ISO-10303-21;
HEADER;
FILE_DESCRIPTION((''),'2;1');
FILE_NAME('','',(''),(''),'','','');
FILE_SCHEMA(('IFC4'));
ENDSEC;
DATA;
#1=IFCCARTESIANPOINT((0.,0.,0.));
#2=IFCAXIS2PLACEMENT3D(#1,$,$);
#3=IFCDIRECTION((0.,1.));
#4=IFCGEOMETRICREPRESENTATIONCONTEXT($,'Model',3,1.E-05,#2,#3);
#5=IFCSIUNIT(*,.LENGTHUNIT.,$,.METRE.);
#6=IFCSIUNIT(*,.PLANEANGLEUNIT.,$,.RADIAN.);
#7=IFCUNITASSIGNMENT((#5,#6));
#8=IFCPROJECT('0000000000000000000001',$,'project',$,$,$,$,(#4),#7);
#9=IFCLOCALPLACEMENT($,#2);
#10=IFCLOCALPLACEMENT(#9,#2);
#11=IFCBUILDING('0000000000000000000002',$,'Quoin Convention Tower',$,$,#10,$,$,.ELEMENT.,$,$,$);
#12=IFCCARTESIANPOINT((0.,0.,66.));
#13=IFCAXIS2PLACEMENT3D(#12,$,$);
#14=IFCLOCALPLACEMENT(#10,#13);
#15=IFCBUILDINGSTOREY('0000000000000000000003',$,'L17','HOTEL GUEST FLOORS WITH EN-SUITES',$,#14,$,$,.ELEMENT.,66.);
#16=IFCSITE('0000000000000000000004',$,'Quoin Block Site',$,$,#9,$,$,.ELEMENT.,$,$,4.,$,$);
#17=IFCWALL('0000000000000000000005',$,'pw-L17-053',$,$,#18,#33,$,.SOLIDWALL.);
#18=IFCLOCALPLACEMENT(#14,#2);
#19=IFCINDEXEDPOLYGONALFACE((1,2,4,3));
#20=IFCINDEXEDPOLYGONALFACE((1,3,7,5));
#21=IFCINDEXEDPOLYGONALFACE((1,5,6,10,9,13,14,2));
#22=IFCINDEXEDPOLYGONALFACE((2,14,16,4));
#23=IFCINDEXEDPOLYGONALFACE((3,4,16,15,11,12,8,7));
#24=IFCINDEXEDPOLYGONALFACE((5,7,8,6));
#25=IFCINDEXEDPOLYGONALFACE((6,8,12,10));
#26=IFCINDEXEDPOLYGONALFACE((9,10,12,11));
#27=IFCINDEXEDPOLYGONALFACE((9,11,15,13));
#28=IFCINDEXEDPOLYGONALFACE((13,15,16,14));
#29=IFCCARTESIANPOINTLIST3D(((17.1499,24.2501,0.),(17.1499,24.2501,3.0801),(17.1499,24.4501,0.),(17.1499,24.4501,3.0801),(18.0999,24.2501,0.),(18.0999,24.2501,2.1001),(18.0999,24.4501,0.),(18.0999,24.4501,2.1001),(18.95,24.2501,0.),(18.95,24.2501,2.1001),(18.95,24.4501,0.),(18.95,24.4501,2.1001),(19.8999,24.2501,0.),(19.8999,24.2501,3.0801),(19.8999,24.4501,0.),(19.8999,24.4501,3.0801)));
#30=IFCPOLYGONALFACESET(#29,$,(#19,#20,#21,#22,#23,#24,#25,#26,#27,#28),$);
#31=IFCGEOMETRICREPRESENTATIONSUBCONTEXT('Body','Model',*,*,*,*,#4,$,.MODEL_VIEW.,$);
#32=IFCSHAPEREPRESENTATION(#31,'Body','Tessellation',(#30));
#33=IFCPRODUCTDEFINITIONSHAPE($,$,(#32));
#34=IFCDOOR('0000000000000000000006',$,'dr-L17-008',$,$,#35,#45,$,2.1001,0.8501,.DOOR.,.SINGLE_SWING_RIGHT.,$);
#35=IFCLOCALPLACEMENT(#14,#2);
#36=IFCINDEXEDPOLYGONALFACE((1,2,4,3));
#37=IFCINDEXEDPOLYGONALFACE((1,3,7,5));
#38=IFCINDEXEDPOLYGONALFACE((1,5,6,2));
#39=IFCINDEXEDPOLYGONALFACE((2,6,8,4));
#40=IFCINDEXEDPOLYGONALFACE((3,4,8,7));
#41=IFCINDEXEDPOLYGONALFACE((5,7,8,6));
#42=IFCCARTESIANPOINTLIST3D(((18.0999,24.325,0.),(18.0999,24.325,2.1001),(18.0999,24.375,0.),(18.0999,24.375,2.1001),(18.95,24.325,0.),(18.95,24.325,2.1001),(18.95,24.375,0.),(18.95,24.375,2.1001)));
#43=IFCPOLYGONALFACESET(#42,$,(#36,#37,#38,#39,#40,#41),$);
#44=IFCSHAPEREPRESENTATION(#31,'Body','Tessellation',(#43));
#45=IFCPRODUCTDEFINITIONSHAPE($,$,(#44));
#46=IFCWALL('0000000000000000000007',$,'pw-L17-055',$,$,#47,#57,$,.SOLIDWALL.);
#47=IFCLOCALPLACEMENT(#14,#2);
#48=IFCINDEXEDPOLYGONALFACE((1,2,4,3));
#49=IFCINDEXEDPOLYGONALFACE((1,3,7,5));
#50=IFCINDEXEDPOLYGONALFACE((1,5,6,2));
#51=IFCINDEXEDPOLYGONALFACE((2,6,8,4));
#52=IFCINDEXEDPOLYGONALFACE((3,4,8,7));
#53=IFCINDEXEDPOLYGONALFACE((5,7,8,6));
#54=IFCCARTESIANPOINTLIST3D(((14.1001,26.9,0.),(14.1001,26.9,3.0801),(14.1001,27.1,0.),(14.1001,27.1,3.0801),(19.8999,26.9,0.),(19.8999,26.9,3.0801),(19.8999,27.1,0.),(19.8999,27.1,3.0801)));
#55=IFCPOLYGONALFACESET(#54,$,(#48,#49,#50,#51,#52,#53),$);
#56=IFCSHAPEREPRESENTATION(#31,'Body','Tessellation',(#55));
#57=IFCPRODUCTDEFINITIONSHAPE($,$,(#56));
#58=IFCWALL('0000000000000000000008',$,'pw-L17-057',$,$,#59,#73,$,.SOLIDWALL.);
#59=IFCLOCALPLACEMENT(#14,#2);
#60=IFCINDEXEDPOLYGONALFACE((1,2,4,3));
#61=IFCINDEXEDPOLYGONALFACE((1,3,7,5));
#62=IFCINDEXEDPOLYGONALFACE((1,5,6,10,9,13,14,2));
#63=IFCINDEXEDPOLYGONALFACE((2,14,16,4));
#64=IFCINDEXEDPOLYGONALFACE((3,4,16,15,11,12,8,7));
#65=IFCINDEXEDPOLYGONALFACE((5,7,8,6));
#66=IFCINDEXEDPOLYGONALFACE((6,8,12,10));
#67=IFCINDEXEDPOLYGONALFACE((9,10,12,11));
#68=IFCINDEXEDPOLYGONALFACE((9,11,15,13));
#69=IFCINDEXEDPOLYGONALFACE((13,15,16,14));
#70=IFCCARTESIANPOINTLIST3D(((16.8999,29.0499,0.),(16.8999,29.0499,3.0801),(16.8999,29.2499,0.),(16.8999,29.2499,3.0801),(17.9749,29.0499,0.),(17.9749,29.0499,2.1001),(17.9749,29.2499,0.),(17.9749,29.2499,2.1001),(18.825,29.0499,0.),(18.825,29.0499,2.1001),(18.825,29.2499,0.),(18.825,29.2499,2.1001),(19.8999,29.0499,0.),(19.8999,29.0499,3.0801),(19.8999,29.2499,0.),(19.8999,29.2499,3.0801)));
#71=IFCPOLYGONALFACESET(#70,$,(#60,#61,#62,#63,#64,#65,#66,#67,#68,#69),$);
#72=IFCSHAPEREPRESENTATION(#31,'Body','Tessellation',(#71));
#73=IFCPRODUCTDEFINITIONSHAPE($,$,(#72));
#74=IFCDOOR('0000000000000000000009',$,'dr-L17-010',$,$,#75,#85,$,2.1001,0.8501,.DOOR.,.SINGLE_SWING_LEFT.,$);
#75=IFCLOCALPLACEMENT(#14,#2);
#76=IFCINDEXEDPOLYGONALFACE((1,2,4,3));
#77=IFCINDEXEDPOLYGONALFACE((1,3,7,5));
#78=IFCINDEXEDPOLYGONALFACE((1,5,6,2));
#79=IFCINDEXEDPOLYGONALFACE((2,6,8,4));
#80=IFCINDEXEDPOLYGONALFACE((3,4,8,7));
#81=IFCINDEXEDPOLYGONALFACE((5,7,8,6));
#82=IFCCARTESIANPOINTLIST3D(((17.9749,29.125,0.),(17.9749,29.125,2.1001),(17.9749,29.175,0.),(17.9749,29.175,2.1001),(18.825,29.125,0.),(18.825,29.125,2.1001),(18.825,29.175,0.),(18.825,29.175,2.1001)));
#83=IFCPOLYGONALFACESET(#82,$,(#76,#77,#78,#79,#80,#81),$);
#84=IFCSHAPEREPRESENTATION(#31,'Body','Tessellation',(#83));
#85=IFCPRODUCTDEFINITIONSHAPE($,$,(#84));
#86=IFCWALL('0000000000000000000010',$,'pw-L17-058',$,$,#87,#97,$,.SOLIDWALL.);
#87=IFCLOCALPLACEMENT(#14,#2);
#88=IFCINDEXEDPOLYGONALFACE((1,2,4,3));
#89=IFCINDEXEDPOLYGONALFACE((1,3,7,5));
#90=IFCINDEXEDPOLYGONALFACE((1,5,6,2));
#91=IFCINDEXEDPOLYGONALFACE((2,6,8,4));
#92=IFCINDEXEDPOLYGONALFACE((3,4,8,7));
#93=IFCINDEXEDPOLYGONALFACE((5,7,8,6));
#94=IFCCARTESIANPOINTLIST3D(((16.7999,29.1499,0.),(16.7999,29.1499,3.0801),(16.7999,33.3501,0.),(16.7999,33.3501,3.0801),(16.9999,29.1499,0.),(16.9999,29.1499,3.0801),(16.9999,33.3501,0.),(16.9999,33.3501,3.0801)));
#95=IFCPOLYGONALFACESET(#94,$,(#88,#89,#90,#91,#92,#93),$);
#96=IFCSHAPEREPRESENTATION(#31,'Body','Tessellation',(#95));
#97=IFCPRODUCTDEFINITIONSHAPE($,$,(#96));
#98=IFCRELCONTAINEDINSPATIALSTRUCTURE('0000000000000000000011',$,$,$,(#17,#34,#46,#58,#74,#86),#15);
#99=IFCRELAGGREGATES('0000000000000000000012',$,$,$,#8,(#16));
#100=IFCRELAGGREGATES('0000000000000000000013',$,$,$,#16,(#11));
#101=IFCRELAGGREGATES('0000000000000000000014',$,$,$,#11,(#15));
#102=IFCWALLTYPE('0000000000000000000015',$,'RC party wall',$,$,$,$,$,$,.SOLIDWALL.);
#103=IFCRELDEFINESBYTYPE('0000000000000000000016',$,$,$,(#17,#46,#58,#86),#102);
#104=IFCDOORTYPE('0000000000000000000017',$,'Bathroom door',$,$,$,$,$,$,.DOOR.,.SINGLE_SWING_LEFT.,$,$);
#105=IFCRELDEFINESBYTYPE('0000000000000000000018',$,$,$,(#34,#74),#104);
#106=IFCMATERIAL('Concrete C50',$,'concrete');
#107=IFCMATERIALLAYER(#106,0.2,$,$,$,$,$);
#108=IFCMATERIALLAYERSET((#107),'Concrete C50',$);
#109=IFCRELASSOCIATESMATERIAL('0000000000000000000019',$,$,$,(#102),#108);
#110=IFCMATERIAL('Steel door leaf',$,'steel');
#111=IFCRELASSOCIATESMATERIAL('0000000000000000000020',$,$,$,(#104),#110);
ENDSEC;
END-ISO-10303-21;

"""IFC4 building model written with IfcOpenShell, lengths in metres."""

from ifc_helpers import new_model, si_unit, direction, frame, frame_2d, origin, place, context, subcontext, project, spatial, rectangle, extrude, material, layer, layer_set, type_object, element, fill, save


model = new_model("IFC4")

# Units and contexts
model_context = context("Model", 3, precision=1e-05, world=origin(), true_north=direction((0.0, 1.0)))
body_context = subcontext(model_context, "Body", "Model", "MODEL_VIEW")
ifc_project = project(units=[si_unit("LENGTHUNIT", "METRE"), si_unit("PLANEANGLEUNIT", "RADIAN")], contexts=[model_context])

# Site, building, storey
site_placement = place(None, origin())
site = spatial("IfcSite", under=ifc_project, at=site_placement, Name="Quoin Block Site", CompositionType="ELEMENT", RefElevation=4.0)
building_placement = place(site_placement, origin())
building = spatial("IfcBuilding", under=site, at=building_placement, Name="Quoin Convention Tower", CompositionType="ELEMENT")
storey_placement = place(building_placement, frame((0.0, 0.0, 66.0)))
storey = spatial("IfcBuildingStorey", under=building, at=storey_placement, Name="L17", Description="HOTEL GUEST FLOORS WITH EN-SUITES", CompositionType="ELEMENT", Elevation=66.0)

# Shared definitions
ifc_material_1 = material(Name="Concrete C50", Category="concrete")
ifc_layer_1 = layer(ifc_material_1, 0.2)
ifc_layer_set_1 = layer_set([ifc_layer_1], Name="Concrete C50")
wall_type_1 = type_object("IfcWallType", Name="RC party wall", PredefinedType="SOLIDWALL", material=ifc_layer_set_1)

# Shared definitions
ifc_material_2 = material(Name="Steel door leaf", Category="steel")
door_type = type_object("IfcDoorType", Name="Bathroom door", OperationType="SINGLE_SWING_LEFT", PredefinedType="DOOR", material=ifc_material_2)

# Wall, opening, door
wall_1_placement = place(storey_placement, frame((17.1499, 24.3501, 0.0), z_axis=(0.0, 0.0, 1.0), x_axis=(1.0, 0.0, 0.0)))
wall_1 = element("IfcWall", 1, at=wall_1_placement, inside=storey, type_object=wall_type_1, Name="pw-L17-053", PredefinedType="SOLIDWALL", context=body_context, shape_type="SweptSolid", body=[
    extrude(rectangle(XDim=2.75, YDim=0.2, at=frame_2d((1.375, 0.0))), origin(), (0.0, 0.0, 1.0), 3.0801),
])
opening_1_placement = place(wall_1_placement, frame((0.95, 0.0, 0.0)))
opening_1 = element("IfcOpeningElement", 2, at=opening_1_placement, cuts=wall_1, PredefinedType="OPENING", context=body_context, shape_type="SweptSolid", body=[
    extrude(rectangle(XDim=0.8501, YDim=2.1001, at=frame_2d((0.425, 1.05))), frame((0.0, 0.1099, 0.0), z_axis=(0.0, -1.0, 0.0), x_axis=(1.0, 0.0, 0.0)), (0.0, 0.0, 1.0), 0.22),
])
door_1_placement = place(opening_1_placement, origin())
door_1 = element("IfcDoor", 3, at=door_1_placement, inside=storey, type_object=door_type, Name="dr-L17-008", OperationType="SINGLE_SWING_RIGHT", OverallHeight=2.1001, OverallWidth=0.8501, PredefinedType="DOOR", context=body_context, shape_type="SweptSolid", body=[
    extrude(rectangle(XDim=0.8501, YDim=2.1001, at=frame_2d((0.425, 1.05))), frame((0.0, 0.0249, 0.0), z_axis=(0.0, -1.0, 0.0), x_axis=(1.0, 0.0, 0.0)), (0.0, 0.0, 1.0), 0.05),
])
fill(opening_1, door_1)

# Wall
wall_2_placement = place(storey_placement, frame((14.1001, 27.0, 0.0), z_axis=(0.0, 0.0, 1.0), x_axis=(1.0, 0.0, 0.0)))
element("IfcWall", 4, at=wall_2_placement, inside=storey, type_object=wall_type_1, Name="pw-L17-055", PredefinedType="SOLIDWALL", context=body_context, shape_type="SweptSolid", body=[
    extrude(rectangle(XDim=5.7998, YDim=0.2, at=frame_2d((2.8999, 0.0))), origin(), (0.0, 0.0, 1.0), 3.0801),
])

# Wall, opening, door
wall_3_placement = place(storey_placement, frame((16.8999, 29.1499, 0.0), z_axis=(0.0, 0.0, 1.0), x_axis=(1.0, 0.0, 0.0)))
wall_3 = element("IfcWall", 5, at=wall_3_placement, inside=storey, type_object=wall_type_1, Name="pw-L17-057", PredefinedType="SOLIDWALL", context=body_context, shape_type="SweptSolid", body=[
    extrude(rectangle(XDim=3.0, YDim=0.2, at=frame_2d((1.5, 0.0))), origin(), (0.0, 0.0, 1.0), 3.0801),
])
opening_2_placement = place(wall_3_placement, frame((1.075, 0.0, 0.0)))
opening_2 = element("IfcOpeningElement", 6, at=opening_2_placement, cuts=wall_3, PredefinedType="OPENING", context=body_context, shape_type="SweptSolid", body=[
    extrude(rectangle(XDim=0.8501, YDim=2.1001, at=frame_2d((0.425, 1.05))), frame((0.0, 0.1099, 0.0), z_axis=(0.0, -1.0, 0.0), x_axis=(1.0, 0.0, 0.0)), (0.0, 0.0, 1.0), 0.22),
])
door_2_placement = place(opening_2_placement, frame((0.8501, 0.0, 0.0), z_axis=(0.0, 0.0, 1.0), x_axis=(-1.0, 0.0, 0.0)))
door_2 = element("IfcDoor", 7, at=door_2_placement, inside=storey, type_object=door_type, Name="dr-L17-010", OperationType="SINGLE_SWING_LEFT", OverallHeight=2.1001, OverallWidth=0.8501, PredefinedType="DOOR", context=body_context, shape_type="SweptSolid", body=[
    extrude(rectangle(XDim=0.8501, YDim=2.1001, at=frame_2d((0.425, 1.05))), frame((0.0, 0.0249, 0.0), z_axis=(0.0, -1.0, 0.0), x_axis=(1.0, 0.0, 0.0)), (0.0, 0.0, 1.0), 0.05),
])
fill(opening_2, door_2)

# Wall
wall_4_placement = place(storey_placement, frame((16.8999, 29.1499, 0.0), z_axis=(0.0, 0.0, 1.0), x_axis=(0.0, 1.0, 0.0)))
element("IfcWall", 8, at=wall_4_placement, inside=storey, type_object=wall_type_1, Name="pw-L17-058", PredefinedType="SOLIDWALL", context=body_context, shape_type="SweptSolid", body=[
    extrude(rectangle(XDim=4.2002, YDim=0.2, at=frame_2d((2.1001, 0.0))), origin(), (0.0, 0.0, 1.0), 3.0801),
])

save(model, "model.ifc")
